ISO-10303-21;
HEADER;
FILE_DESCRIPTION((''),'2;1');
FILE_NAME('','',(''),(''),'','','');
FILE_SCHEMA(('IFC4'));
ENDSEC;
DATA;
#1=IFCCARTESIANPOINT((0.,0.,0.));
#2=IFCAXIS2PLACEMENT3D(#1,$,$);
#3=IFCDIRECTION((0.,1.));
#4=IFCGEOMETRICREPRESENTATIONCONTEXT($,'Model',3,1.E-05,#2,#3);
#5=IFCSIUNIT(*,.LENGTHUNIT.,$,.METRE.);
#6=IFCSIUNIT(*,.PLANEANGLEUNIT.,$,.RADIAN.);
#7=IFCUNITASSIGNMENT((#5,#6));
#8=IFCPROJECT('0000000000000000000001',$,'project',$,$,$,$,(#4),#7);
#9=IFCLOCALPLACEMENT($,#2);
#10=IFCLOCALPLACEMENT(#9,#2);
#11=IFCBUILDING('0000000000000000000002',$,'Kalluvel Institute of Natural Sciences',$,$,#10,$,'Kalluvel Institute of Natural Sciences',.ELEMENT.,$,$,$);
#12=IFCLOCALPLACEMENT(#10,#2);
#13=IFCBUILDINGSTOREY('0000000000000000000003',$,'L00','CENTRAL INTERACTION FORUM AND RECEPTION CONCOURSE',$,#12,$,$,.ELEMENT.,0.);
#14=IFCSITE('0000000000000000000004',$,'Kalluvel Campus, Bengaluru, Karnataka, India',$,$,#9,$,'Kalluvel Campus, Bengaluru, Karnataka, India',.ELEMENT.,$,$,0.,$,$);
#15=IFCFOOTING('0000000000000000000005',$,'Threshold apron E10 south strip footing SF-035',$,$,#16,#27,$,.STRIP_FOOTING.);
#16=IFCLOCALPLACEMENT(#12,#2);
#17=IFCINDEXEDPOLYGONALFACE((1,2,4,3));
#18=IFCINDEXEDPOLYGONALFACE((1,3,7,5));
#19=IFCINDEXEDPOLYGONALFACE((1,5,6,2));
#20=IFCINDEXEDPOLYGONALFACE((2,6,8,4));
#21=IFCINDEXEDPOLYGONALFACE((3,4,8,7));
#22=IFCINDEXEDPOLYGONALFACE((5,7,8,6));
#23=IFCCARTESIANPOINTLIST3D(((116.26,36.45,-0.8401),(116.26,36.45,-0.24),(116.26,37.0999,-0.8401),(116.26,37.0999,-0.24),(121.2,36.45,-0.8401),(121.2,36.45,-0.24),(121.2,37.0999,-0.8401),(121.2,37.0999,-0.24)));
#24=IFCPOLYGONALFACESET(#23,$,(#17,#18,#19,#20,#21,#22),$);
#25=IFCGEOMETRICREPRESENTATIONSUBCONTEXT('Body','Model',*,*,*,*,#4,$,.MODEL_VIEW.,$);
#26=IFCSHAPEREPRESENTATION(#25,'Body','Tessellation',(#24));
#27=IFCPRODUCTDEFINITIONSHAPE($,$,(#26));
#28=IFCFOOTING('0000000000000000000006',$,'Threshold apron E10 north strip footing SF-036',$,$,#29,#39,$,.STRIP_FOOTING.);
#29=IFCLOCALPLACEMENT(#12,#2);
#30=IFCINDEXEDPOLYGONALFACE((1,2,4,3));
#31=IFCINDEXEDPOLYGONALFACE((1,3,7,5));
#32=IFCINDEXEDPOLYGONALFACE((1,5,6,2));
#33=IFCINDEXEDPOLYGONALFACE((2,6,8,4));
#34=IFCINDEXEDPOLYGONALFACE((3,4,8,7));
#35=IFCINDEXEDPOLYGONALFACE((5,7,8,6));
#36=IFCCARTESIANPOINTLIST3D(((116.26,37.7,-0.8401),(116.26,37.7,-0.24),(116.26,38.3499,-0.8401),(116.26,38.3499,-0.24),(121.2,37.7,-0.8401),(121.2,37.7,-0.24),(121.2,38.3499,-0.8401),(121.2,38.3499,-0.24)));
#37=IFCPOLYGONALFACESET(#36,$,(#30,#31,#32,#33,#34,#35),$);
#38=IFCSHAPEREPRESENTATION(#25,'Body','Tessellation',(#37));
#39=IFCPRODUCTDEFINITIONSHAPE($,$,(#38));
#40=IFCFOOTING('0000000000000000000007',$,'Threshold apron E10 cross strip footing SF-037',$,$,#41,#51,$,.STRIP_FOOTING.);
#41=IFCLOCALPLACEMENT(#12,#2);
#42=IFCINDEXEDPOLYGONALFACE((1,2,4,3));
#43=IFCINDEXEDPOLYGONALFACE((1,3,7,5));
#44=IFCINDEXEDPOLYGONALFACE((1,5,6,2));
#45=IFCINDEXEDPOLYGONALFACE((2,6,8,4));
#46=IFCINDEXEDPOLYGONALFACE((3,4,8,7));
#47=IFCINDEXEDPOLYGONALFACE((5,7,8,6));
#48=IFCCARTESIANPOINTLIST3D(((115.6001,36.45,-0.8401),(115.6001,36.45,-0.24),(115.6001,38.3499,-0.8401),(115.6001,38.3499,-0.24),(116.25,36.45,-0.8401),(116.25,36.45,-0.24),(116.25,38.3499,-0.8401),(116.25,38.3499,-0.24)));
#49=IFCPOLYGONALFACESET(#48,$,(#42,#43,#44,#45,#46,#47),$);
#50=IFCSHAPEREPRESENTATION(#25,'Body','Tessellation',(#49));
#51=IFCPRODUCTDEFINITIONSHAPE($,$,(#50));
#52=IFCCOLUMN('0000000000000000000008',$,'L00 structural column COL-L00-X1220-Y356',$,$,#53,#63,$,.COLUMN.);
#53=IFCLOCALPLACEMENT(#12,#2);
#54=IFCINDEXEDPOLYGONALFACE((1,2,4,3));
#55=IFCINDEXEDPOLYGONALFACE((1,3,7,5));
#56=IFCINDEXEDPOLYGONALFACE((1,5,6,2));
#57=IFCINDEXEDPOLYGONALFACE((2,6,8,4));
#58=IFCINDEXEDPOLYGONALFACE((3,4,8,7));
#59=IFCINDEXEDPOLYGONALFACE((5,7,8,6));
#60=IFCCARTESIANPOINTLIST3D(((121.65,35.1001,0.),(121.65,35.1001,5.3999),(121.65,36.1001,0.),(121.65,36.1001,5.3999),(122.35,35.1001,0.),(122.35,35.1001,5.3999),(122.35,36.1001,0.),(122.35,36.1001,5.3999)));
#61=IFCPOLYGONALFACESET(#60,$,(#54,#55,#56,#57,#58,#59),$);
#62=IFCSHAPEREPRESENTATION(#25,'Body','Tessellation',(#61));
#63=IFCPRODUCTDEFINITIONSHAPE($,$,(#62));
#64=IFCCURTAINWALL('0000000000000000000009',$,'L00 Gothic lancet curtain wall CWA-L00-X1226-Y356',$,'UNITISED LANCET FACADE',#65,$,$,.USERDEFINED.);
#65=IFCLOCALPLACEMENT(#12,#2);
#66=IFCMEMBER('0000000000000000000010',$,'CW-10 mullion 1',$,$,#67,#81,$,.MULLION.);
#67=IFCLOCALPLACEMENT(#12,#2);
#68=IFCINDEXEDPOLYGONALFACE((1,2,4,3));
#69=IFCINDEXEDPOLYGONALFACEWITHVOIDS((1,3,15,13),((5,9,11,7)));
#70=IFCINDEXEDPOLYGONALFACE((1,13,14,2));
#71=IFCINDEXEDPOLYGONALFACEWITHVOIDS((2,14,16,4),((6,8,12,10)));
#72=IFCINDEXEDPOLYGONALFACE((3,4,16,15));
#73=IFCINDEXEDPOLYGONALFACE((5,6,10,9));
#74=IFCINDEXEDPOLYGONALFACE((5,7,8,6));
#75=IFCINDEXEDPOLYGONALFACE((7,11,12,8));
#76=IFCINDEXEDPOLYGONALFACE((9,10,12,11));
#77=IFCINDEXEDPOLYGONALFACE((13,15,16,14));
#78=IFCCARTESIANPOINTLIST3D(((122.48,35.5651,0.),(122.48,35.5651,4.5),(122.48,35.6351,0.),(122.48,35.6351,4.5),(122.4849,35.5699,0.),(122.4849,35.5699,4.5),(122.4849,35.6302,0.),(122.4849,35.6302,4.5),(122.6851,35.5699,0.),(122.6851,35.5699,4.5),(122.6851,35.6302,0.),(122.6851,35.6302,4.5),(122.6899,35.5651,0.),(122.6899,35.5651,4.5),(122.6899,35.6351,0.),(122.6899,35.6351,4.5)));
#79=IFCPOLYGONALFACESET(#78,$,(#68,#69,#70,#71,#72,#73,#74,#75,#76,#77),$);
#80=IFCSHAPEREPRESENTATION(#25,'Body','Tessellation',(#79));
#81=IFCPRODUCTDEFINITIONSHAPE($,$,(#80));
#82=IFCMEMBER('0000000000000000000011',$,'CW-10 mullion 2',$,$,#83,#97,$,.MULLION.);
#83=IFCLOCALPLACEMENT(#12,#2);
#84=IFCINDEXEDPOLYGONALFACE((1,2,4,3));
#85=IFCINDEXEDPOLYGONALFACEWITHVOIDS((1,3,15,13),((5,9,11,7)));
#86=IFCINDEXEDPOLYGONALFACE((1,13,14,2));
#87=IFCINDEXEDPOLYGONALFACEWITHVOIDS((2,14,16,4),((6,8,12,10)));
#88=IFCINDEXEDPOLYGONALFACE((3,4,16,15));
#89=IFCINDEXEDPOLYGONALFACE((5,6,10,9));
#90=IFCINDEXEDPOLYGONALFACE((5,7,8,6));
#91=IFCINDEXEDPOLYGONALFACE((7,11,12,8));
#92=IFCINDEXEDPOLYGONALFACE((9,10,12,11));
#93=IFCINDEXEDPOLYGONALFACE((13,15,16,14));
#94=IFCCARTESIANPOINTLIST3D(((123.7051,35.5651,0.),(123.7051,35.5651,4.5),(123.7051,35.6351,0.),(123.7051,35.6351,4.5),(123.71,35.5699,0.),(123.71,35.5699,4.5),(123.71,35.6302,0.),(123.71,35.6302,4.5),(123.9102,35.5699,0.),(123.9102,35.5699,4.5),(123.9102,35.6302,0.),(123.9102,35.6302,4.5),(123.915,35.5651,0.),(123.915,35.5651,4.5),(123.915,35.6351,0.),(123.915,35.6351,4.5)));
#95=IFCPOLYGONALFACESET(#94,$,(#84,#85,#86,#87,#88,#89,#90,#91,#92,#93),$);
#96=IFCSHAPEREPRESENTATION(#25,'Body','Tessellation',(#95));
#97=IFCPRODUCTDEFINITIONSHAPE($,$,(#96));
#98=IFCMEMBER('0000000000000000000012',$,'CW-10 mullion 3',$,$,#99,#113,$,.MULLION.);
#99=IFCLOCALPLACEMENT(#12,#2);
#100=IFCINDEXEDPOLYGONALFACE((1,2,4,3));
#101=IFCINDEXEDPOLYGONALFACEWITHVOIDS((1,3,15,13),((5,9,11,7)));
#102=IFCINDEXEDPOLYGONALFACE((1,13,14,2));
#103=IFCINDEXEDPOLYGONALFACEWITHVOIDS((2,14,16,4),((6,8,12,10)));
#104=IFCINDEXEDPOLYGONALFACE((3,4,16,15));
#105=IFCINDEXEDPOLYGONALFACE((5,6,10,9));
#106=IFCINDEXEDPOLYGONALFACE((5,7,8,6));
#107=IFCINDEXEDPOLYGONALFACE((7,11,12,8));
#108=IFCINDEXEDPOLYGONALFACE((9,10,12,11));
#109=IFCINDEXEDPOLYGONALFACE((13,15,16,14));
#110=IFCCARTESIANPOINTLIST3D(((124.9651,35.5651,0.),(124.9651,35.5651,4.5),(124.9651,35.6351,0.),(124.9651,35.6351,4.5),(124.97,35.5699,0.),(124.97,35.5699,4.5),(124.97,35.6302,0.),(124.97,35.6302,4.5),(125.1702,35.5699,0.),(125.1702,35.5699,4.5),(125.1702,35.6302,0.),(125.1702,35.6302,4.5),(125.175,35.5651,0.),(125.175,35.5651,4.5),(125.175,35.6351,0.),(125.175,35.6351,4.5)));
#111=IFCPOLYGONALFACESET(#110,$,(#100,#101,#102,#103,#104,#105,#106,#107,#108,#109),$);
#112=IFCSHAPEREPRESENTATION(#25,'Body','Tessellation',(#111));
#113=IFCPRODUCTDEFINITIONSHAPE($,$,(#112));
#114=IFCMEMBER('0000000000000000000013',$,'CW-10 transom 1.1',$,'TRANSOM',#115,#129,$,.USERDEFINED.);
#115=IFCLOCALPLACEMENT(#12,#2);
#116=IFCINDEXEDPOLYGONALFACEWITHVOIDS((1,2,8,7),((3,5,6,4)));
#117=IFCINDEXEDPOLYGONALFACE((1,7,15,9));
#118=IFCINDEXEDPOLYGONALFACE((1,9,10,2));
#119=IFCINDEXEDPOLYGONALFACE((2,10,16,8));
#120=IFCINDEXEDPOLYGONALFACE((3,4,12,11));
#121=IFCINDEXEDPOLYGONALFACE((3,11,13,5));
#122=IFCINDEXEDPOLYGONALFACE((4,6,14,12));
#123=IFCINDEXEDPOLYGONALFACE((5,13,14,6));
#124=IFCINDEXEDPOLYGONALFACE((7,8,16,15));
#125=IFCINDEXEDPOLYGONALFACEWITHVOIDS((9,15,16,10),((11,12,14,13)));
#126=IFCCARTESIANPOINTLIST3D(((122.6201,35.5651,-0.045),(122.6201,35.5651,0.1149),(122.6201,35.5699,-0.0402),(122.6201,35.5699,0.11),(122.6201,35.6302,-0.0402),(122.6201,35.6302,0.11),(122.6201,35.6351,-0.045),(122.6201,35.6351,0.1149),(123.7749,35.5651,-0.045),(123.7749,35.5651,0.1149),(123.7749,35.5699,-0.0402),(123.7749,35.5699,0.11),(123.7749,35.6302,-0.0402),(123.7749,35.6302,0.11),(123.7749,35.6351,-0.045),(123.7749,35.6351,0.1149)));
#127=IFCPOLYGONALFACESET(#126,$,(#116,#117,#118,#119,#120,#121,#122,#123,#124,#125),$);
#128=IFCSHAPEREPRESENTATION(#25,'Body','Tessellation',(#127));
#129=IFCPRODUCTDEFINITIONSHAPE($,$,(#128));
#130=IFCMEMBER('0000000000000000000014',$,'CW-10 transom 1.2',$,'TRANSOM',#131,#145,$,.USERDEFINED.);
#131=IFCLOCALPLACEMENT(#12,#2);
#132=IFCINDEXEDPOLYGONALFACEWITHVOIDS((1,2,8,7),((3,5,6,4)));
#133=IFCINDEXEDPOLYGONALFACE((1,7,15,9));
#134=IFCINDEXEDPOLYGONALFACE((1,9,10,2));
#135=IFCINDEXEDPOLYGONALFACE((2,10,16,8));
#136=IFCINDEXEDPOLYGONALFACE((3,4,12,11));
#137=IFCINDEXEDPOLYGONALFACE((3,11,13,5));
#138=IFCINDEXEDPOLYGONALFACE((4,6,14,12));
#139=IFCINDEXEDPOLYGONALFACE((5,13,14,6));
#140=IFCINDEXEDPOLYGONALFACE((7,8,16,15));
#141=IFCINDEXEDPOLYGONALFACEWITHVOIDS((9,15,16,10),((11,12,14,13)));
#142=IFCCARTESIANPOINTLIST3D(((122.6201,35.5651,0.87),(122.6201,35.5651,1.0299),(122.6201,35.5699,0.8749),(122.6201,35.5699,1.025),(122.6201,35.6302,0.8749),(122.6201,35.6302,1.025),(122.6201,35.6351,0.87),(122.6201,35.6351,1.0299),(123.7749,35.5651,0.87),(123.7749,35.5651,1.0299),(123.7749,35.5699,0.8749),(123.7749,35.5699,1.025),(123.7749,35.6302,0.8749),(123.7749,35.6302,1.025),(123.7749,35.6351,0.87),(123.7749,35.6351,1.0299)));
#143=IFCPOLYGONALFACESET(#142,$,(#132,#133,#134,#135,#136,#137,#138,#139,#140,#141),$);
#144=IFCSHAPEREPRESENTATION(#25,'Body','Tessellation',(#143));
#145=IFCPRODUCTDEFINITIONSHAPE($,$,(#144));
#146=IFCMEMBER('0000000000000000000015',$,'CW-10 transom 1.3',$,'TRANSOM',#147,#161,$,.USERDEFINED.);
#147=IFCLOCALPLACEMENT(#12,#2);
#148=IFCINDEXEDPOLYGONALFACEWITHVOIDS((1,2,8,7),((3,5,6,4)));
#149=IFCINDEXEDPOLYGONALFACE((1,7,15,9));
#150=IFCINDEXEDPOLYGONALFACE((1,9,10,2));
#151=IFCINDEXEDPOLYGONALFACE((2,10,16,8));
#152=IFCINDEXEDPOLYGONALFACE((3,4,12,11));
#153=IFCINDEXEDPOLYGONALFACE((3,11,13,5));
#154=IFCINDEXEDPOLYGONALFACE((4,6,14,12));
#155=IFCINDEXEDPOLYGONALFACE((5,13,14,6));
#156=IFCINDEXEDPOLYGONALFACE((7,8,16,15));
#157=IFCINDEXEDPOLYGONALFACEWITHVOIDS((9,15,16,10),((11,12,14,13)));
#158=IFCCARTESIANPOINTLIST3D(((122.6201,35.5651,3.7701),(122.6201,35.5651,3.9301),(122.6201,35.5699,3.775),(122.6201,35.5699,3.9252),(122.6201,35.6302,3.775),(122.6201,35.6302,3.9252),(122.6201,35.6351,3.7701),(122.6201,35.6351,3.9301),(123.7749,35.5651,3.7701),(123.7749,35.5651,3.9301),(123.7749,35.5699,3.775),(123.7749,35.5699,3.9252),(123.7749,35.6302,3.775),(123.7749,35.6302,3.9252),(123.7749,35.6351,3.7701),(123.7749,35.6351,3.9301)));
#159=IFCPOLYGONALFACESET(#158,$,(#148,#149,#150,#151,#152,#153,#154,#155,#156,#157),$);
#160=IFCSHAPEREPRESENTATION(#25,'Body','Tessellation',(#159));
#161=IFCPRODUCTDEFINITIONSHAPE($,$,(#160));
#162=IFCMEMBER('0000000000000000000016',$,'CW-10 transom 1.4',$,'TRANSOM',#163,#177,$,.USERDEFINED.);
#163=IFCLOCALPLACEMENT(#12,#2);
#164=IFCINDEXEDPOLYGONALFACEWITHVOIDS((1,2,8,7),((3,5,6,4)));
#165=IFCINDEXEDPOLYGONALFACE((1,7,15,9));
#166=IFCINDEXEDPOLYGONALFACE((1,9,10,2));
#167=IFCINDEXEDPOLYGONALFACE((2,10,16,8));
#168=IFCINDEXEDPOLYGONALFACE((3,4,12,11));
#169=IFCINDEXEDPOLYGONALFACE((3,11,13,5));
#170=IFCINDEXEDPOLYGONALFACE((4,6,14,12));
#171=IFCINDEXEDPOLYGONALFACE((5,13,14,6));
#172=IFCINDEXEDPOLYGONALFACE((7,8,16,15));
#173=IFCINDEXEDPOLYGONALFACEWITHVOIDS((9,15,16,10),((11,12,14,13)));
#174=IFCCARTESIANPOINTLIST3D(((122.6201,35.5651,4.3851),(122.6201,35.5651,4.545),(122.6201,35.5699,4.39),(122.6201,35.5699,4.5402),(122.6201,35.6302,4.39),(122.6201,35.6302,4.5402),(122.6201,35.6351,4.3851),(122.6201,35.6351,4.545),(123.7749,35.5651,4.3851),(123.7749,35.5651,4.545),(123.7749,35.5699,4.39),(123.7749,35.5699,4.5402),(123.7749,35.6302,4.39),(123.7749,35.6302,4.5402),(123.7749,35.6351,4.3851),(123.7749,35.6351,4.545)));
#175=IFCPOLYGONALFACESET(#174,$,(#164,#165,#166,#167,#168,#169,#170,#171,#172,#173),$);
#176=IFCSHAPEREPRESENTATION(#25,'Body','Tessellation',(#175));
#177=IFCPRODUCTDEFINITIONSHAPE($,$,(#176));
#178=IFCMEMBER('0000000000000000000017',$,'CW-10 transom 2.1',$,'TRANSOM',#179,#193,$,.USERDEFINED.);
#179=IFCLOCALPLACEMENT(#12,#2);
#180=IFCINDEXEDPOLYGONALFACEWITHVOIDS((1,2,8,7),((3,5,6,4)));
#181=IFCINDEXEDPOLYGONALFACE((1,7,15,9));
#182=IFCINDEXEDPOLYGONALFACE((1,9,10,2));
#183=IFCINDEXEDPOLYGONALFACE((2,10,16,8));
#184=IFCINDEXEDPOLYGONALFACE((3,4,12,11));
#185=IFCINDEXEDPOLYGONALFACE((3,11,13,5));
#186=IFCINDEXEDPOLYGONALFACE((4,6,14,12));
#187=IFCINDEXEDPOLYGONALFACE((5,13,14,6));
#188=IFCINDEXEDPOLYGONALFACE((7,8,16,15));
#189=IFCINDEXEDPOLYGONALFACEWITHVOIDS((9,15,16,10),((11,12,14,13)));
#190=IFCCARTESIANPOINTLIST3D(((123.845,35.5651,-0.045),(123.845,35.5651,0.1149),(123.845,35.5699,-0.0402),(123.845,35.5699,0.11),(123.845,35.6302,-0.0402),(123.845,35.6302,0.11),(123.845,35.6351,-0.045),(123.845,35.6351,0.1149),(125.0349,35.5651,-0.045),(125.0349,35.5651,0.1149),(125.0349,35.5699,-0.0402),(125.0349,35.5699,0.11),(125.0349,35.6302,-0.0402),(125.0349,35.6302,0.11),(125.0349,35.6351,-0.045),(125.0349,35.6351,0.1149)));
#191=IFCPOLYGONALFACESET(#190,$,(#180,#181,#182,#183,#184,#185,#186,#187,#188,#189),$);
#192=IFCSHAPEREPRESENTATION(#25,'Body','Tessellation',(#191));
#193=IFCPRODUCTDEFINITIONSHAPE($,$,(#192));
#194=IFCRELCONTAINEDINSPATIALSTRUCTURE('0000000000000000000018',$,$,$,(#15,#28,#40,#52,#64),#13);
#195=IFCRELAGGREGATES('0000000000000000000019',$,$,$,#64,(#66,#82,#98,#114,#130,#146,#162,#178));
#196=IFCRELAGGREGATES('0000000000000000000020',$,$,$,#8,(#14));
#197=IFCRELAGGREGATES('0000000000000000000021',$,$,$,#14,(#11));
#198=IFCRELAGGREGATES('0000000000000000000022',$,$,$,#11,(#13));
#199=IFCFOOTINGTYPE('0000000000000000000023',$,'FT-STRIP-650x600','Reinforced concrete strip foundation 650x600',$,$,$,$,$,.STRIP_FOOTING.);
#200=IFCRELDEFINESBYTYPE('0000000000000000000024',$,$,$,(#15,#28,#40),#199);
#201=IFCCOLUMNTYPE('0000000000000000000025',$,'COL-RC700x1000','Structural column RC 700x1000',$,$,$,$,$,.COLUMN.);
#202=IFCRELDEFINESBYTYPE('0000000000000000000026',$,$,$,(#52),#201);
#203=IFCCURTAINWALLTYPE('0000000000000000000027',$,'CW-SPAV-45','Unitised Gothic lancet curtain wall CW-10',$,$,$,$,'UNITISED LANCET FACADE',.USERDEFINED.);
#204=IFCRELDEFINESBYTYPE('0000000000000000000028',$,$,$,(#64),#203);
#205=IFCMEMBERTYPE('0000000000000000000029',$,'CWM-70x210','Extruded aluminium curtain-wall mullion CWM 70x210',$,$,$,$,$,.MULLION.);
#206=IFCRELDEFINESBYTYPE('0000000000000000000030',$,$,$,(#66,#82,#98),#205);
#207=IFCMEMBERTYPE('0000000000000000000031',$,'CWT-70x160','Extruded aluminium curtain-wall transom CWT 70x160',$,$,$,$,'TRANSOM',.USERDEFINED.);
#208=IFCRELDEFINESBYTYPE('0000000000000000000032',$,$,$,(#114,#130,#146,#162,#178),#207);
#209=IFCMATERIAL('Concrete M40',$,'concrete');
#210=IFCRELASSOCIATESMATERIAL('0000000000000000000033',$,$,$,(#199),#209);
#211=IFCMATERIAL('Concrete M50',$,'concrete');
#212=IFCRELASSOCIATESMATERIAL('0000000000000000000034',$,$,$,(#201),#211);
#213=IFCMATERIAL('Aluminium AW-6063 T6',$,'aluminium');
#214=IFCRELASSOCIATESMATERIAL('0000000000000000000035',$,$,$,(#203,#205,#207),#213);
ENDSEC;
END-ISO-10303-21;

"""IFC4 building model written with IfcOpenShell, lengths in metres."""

from ifc_helpers import new_model, si_unit, direction, frame, origin, origin_2d, place, context, subcontext, project, spatial, rectangle, hollow_rectangle, extrude, material, material_profile, profile_set, type_object, element, aggregate, save


model = new_model("IFC4")

# Units and contexts
model_context = context("Model", 3, precision=1e-05, world=origin(), true_north=direction((0.0, 1.0)))
body_context = subcontext(model_context, "Body", "Model", "MODEL_VIEW")
ifc_project = project(units=[si_unit("LENGTHUNIT", "METRE"), si_unit("PLANEANGLEUNIT", "RADIAN")], contexts=[model_context])

# Site, building, storey
site_placement = place(None, origin())
site = spatial("IfcSite", under=ifc_project, at=site_placement, Name="Kalluvel Campus, Bengaluru, Karnataka, India", LongName="Kalluvel Campus, Bengaluru, Karnataka, India", CompositionType="ELEMENT", RefElevation=0.0)
building_placement = place(site_placement, origin())
building = spatial("IfcBuilding", under=site, at=building_placement, Name="Kalluvel Institute of Natural Sciences", LongName="Kalluvel Institute of Natural Sciences", CompositionType="ELEMENT")
storey_placement = place(building_placement, origin())
storey = spatial("IfcBuildingStorey", under=building, at=storey_placement, Name="L00", Description="CENTRAL INTERACTION FORUM AND RECEPTION CONCOURSE", CompositionType="ELEMENT", Elevation=0.0)

# Footings
ifc_material_1 = material(Name="Concrete M40", Category="concrete")
footing_type = type_object("IfcFootingType", Name="FT-STRIP-650x600", Description="Reinforced concrete strip foundation 650x600", PredefinedType="STRIP_FOOTING", material=ifc_material_1)
for number, where, z_axis, x_axis, name in (
    (1, (118.73, 36.7749, -0.8401), (0.0, 0.0, 1.0), (1.0, 0.0, 0.0), "Threshold apron E10 south strip footing SF-035"),
    (2, (118.73, 38.0249, -0.8401), (0.0, 0.0, 1.0), (1.0, 0.0, 0.0), "Threshold apron E10 north strip footing SF-036"),
):
    element("IfcFooting", number, at=place(storey_placement, frame(where, z_axis=z_axis, x_axis=x_axis)), inside=storey, type_object=footing_type, Name=name, PredefinedType="STRIP_FOOTING", context=body_context, shape_type="SweptSolid", body=[
        extrude(rectangle(XDim=4.9399, YDim=0.6499, at=origin_2d()), origin(), (0.0, 0.0, 1.0), 0.6001),
    ])
footing_placement = place(storey_placement, frame((115.925, 37.3999, -0.8401), z_axis=(0.0, 0.0, 1.0), x_axis=(1.0, 0.0, 0.0)))
element("IfcFooting", 3, at=footing_placement, inside=storey, type_object=footing_type, Name="Threshold apron E10 cross strip footing SF-037", PredefinedType="STRIP_FOOTING", context=body_context, shape_type="SweptSolid", body=[
    extrude(rectangle(XDim=0.6499, YDim=1.8999, at=origin_2d()), origin(), (0.0, 0.0, 1.0), 0.6001),
])

# Column
ifc_material_2 = material(Name="Concrete M50", Category="concrete")
ifc_material_profile_1 = material_profile(ifc_material_2, rectangle(XDim=0.7, YDim=1.0, at=origin_2d()), Name="RC 700x1000")
ifc_profile_set_1 = profile_set([ifc_material_profile_1], Name="Concrete M50")
column_type = type_object("IfcColumnType", Name="COL-RC700x1000", Description="Structural column RC 700x1000", PredefinedType="COLUMN", material=ifc_profile_set_1)
column_placement = place(storey_placement, frame((122.0, 35.6001, 0.0), z_axis=(0.0, 0.0, 1.0), x_axis=(1.0, 0.0, 0.0)))
element("IfcColumn", 4, at=column_placement, inside=storey, type_object=column_type, Name="L00 structural column COL-L00-X1220-Y356", PredefinedType="COLUMN", context=body_context, shape_type="SweptSolid", body=[
    extrude(rectangle(XDim=0.7, YDim=1.0, at=origin_2d()), origin(), (0.0, 0.0, 1.0), 5.3999),
])

# Curtain wall, members
ifc_material_3 = material(Name="Aluminium AW-6063 T6", Category="aluminium")
curtain_wall_type = type_object("IfcCurtainWallType", Name="CW-SPAV-45", Description="Unitised Gothic lancet curtain wall CW-10", ElementType="UNITISED LANCET FACADE", PredefinedType="USERDEFINED", material=ifc_material_3)
curtain_wall_placement = place(storey_placement, origin())
curtain_wall = element("IfcCurtainWall", 5, at=curtain_wall_placement, inside=storey, type_object=curtain_wall_type, Name="L00 Gothic lancet curtain wall CWA-L00-X1226-Y356", ObjectType="UNITISED LANCET FACADE", PredefinedType="USERDEFINED")
ifc_material_profile_2 = material_profile(ifc_material_3, hollow_rectangle(XDim=0.0701, YDim=0.21, WallThickness=0.0049, at=origin_2d()), Name="CWM 70x210")
ifc_profile_set_2 = profile_set([ifc_material_profile_2], Name="Aluminium AW-6063 T6")
member_type_1 = type_object("IfcMemberType", Name="CWM-70x210", Description="Extruded aluminium curtain-wall mullion CWM 70x210", PredefinedType="MULLION", material=ifc_profile_set_2)
member_1_placement = place(storey_placement, frame((122.585, 35.6001, 0.0), z_axis=(0.0, 0.0, 1.0), x_axis=(0.0, 1.0, 0.0)))
member_1 = element("IfcMember", 6, at=member_1_placement, type_object=member_type_1, Name="CW-10 mullion 1", PredefinedType="MULLION", context=body_context, shape_type="SweptSolid", body=[
    extrude(hollow_rectangle(XDim=0.0701, YDim=0.21, WallThickness=0.0049, at=origin_2d()), origin(), (0.0, 0.0, 1.0), 4.5),
])
member_2_placement = place(storey_placement, frame((123.8101, 35.6001, 0.0), z_axis=(0.0, 0.0, 1.0), x_axis=(0.0, 1.0, 0.0)))
member_2 = element("IfcMember", 7, at=member_2_placement, type_object=member_type_1, Name="CW-10 mullion 2", PredefinedType="MULLION", context=body_context, shape_type="SweptSolid", body=[
    extrude(hollow_rectangle(XDim=0.0701, YDim=0.21, WallThickness=0.0049, at=origin_2d()), origin(), (0.0, 0.0, 1.0), 4.5),
])
member_3_placement = place(storey_placement, frame((125.0701, 35.6001, 0.0), z_axis=(0.0, 0.0, 1.0), x_axis=(0.0, 1.0, 0.0)))
member_3 = element("IfcMember", 8, at=member_3_placement, type_object=member_type_1, Name="CW-10 mullion 3", PredefinedType="MULLION", context=body_context, shape_type="SweptSolid", body=[
    extrude(hollow_rectangle(XDim=0.0701, YDim=0.21, WallThickness=0.0049, at=origin_2d()), origin(), (0.0, 0.0, 1.0), 4.5),
])
ifc_material_profile_3 = material_profile(ifc_material_3, hollow_rectangle(XDim=0.0701, YDim=0.1599, WallThickness=0.0049, at=origin_2d()), Name="CWT 70x160")
ifc_profile_set_3 = profile_set([ifc_material_profile_3], Name="Aluminium AW-6063 T6")
member_type_2 = type_object("IfcMemberType", Name="CWT-70x160", Description="Extruded aluminium curtain-wall transom CWT 70x160", ElementType="TRANSOM", PredefinedType="USERDEFINED", material=ifc_profile_set_3)
member_4_placement = place(storey_placement, frame((122.6201, 35.6001, 0.0349), z_axis=(1.0, 0.0, 0.0), x_axis=(0.0, 1.0, 0.0)))
member_4 = element("IfcMember", 9, at=member_4_placement, type_object=member_type_2, Name="CW-10 transom 1.1", ObjectType="TRANSOM", PredefinedType="USERDEFINED", context=body_context, shape_type="SweptSolid", body=[
    extrude(hollow_rectangle(XDim=0.0701, YDim=0.1599, WallThickness=0.0049, at=origin_2d()), origin(), (0.0, 0.0, 1.0), 1.1548),
])
member_5_placement = place(storey_placement, frame((122.6201, 35.6001, 0.95), z_axis=(1.0, 0.0, 0.0), x_axis=(0.0, 1.0, 0.0)))
member_5 = element("IfcMember", 10, at=member_5_placement, type_object=member_type_2, Name="CW-10 transom 1.2", ObjectType="TRANSOM", PredefinedType="USERDEFINED", context=body_context, shape_type="SweptSolid", body=[
    extrude(hollow_rectangle(XDim=0.0701, YDim=0.1599, WallThickness=0.0049, at=origin_2d()), origin(), (0.0, 0.0, 1.0), 1.1548),
])
member_6_placement = place(storey_placement, frame((122.6201, 35.6001, 3.8501), z_axis=(1.0, 0.0, 0.0), x_axis=(0.0, 1.0, 0.0)))
member_6 = element("IfcMember", 11, at=member_6_placement, type_object=member_type_2, Name="CW-10 transom 1.3", ObjectType="TRANSOM", PredefinedType="USERDEFINED", context=body_context, shape_type="SweptSolid", body=[
    extrude(hollow_rectangle(XDim=0.0701, YDim=0.1599, WallThickness=0.0049, at=origin_2d()), origin(), (0.0, 0.0, 1.0), 1.1548),
])
member_7_placement = place(storey_placement, frame((122.6201, 35.6001, 4.4651), z_axis=(1.0, 0.0, 0.0), x_axis=(0.0, 1.0, 0.0)))
member_7 = element("IfcMember", 12, at=member_7_placement, type_object=member_type_2, Name="CW-10 transom 1.4", ObjectType="TRANSOM", PredefinedType="USERDEFINED", context=body_context, shape_type="SweptSolid", body=[
    extrude(hollow_rectangle(XDim=0.0701, YDim=0.1599, WallThickness=0.0049, at=origin_2d()), origin(), (0.0, 0.0, 1.0), 1.1548),
])
member_8_placement = place(storey_placement, frame((123.845, 35.6001, 0.0349), z_axis=(1.0, 0.0, 0.0), x_axis=(0.0, 1.0, 0.0)))
member_8 = element("IfcMember", 13, at=member_8_placement, type_object=member_type_2, Name="CW-10 transom 2.1", ObjectType="TRANSOM", PredefinedType="USERDEFINED", context=body_context, shape_type="SweptSolid", body=[
    extrude(hollow_rectangle(XDim=0.0701, YDim=0.1599, WallThickness=0.0049, at=origin_2d()), origin(), (0.0, 0.0, 1.0), 1.1899),
])

aggregate(curtain_wall, [member_1, member_2, member_3, member_4, member_5, member_6, member_7, member_8])

save(model, "model.ifc")
